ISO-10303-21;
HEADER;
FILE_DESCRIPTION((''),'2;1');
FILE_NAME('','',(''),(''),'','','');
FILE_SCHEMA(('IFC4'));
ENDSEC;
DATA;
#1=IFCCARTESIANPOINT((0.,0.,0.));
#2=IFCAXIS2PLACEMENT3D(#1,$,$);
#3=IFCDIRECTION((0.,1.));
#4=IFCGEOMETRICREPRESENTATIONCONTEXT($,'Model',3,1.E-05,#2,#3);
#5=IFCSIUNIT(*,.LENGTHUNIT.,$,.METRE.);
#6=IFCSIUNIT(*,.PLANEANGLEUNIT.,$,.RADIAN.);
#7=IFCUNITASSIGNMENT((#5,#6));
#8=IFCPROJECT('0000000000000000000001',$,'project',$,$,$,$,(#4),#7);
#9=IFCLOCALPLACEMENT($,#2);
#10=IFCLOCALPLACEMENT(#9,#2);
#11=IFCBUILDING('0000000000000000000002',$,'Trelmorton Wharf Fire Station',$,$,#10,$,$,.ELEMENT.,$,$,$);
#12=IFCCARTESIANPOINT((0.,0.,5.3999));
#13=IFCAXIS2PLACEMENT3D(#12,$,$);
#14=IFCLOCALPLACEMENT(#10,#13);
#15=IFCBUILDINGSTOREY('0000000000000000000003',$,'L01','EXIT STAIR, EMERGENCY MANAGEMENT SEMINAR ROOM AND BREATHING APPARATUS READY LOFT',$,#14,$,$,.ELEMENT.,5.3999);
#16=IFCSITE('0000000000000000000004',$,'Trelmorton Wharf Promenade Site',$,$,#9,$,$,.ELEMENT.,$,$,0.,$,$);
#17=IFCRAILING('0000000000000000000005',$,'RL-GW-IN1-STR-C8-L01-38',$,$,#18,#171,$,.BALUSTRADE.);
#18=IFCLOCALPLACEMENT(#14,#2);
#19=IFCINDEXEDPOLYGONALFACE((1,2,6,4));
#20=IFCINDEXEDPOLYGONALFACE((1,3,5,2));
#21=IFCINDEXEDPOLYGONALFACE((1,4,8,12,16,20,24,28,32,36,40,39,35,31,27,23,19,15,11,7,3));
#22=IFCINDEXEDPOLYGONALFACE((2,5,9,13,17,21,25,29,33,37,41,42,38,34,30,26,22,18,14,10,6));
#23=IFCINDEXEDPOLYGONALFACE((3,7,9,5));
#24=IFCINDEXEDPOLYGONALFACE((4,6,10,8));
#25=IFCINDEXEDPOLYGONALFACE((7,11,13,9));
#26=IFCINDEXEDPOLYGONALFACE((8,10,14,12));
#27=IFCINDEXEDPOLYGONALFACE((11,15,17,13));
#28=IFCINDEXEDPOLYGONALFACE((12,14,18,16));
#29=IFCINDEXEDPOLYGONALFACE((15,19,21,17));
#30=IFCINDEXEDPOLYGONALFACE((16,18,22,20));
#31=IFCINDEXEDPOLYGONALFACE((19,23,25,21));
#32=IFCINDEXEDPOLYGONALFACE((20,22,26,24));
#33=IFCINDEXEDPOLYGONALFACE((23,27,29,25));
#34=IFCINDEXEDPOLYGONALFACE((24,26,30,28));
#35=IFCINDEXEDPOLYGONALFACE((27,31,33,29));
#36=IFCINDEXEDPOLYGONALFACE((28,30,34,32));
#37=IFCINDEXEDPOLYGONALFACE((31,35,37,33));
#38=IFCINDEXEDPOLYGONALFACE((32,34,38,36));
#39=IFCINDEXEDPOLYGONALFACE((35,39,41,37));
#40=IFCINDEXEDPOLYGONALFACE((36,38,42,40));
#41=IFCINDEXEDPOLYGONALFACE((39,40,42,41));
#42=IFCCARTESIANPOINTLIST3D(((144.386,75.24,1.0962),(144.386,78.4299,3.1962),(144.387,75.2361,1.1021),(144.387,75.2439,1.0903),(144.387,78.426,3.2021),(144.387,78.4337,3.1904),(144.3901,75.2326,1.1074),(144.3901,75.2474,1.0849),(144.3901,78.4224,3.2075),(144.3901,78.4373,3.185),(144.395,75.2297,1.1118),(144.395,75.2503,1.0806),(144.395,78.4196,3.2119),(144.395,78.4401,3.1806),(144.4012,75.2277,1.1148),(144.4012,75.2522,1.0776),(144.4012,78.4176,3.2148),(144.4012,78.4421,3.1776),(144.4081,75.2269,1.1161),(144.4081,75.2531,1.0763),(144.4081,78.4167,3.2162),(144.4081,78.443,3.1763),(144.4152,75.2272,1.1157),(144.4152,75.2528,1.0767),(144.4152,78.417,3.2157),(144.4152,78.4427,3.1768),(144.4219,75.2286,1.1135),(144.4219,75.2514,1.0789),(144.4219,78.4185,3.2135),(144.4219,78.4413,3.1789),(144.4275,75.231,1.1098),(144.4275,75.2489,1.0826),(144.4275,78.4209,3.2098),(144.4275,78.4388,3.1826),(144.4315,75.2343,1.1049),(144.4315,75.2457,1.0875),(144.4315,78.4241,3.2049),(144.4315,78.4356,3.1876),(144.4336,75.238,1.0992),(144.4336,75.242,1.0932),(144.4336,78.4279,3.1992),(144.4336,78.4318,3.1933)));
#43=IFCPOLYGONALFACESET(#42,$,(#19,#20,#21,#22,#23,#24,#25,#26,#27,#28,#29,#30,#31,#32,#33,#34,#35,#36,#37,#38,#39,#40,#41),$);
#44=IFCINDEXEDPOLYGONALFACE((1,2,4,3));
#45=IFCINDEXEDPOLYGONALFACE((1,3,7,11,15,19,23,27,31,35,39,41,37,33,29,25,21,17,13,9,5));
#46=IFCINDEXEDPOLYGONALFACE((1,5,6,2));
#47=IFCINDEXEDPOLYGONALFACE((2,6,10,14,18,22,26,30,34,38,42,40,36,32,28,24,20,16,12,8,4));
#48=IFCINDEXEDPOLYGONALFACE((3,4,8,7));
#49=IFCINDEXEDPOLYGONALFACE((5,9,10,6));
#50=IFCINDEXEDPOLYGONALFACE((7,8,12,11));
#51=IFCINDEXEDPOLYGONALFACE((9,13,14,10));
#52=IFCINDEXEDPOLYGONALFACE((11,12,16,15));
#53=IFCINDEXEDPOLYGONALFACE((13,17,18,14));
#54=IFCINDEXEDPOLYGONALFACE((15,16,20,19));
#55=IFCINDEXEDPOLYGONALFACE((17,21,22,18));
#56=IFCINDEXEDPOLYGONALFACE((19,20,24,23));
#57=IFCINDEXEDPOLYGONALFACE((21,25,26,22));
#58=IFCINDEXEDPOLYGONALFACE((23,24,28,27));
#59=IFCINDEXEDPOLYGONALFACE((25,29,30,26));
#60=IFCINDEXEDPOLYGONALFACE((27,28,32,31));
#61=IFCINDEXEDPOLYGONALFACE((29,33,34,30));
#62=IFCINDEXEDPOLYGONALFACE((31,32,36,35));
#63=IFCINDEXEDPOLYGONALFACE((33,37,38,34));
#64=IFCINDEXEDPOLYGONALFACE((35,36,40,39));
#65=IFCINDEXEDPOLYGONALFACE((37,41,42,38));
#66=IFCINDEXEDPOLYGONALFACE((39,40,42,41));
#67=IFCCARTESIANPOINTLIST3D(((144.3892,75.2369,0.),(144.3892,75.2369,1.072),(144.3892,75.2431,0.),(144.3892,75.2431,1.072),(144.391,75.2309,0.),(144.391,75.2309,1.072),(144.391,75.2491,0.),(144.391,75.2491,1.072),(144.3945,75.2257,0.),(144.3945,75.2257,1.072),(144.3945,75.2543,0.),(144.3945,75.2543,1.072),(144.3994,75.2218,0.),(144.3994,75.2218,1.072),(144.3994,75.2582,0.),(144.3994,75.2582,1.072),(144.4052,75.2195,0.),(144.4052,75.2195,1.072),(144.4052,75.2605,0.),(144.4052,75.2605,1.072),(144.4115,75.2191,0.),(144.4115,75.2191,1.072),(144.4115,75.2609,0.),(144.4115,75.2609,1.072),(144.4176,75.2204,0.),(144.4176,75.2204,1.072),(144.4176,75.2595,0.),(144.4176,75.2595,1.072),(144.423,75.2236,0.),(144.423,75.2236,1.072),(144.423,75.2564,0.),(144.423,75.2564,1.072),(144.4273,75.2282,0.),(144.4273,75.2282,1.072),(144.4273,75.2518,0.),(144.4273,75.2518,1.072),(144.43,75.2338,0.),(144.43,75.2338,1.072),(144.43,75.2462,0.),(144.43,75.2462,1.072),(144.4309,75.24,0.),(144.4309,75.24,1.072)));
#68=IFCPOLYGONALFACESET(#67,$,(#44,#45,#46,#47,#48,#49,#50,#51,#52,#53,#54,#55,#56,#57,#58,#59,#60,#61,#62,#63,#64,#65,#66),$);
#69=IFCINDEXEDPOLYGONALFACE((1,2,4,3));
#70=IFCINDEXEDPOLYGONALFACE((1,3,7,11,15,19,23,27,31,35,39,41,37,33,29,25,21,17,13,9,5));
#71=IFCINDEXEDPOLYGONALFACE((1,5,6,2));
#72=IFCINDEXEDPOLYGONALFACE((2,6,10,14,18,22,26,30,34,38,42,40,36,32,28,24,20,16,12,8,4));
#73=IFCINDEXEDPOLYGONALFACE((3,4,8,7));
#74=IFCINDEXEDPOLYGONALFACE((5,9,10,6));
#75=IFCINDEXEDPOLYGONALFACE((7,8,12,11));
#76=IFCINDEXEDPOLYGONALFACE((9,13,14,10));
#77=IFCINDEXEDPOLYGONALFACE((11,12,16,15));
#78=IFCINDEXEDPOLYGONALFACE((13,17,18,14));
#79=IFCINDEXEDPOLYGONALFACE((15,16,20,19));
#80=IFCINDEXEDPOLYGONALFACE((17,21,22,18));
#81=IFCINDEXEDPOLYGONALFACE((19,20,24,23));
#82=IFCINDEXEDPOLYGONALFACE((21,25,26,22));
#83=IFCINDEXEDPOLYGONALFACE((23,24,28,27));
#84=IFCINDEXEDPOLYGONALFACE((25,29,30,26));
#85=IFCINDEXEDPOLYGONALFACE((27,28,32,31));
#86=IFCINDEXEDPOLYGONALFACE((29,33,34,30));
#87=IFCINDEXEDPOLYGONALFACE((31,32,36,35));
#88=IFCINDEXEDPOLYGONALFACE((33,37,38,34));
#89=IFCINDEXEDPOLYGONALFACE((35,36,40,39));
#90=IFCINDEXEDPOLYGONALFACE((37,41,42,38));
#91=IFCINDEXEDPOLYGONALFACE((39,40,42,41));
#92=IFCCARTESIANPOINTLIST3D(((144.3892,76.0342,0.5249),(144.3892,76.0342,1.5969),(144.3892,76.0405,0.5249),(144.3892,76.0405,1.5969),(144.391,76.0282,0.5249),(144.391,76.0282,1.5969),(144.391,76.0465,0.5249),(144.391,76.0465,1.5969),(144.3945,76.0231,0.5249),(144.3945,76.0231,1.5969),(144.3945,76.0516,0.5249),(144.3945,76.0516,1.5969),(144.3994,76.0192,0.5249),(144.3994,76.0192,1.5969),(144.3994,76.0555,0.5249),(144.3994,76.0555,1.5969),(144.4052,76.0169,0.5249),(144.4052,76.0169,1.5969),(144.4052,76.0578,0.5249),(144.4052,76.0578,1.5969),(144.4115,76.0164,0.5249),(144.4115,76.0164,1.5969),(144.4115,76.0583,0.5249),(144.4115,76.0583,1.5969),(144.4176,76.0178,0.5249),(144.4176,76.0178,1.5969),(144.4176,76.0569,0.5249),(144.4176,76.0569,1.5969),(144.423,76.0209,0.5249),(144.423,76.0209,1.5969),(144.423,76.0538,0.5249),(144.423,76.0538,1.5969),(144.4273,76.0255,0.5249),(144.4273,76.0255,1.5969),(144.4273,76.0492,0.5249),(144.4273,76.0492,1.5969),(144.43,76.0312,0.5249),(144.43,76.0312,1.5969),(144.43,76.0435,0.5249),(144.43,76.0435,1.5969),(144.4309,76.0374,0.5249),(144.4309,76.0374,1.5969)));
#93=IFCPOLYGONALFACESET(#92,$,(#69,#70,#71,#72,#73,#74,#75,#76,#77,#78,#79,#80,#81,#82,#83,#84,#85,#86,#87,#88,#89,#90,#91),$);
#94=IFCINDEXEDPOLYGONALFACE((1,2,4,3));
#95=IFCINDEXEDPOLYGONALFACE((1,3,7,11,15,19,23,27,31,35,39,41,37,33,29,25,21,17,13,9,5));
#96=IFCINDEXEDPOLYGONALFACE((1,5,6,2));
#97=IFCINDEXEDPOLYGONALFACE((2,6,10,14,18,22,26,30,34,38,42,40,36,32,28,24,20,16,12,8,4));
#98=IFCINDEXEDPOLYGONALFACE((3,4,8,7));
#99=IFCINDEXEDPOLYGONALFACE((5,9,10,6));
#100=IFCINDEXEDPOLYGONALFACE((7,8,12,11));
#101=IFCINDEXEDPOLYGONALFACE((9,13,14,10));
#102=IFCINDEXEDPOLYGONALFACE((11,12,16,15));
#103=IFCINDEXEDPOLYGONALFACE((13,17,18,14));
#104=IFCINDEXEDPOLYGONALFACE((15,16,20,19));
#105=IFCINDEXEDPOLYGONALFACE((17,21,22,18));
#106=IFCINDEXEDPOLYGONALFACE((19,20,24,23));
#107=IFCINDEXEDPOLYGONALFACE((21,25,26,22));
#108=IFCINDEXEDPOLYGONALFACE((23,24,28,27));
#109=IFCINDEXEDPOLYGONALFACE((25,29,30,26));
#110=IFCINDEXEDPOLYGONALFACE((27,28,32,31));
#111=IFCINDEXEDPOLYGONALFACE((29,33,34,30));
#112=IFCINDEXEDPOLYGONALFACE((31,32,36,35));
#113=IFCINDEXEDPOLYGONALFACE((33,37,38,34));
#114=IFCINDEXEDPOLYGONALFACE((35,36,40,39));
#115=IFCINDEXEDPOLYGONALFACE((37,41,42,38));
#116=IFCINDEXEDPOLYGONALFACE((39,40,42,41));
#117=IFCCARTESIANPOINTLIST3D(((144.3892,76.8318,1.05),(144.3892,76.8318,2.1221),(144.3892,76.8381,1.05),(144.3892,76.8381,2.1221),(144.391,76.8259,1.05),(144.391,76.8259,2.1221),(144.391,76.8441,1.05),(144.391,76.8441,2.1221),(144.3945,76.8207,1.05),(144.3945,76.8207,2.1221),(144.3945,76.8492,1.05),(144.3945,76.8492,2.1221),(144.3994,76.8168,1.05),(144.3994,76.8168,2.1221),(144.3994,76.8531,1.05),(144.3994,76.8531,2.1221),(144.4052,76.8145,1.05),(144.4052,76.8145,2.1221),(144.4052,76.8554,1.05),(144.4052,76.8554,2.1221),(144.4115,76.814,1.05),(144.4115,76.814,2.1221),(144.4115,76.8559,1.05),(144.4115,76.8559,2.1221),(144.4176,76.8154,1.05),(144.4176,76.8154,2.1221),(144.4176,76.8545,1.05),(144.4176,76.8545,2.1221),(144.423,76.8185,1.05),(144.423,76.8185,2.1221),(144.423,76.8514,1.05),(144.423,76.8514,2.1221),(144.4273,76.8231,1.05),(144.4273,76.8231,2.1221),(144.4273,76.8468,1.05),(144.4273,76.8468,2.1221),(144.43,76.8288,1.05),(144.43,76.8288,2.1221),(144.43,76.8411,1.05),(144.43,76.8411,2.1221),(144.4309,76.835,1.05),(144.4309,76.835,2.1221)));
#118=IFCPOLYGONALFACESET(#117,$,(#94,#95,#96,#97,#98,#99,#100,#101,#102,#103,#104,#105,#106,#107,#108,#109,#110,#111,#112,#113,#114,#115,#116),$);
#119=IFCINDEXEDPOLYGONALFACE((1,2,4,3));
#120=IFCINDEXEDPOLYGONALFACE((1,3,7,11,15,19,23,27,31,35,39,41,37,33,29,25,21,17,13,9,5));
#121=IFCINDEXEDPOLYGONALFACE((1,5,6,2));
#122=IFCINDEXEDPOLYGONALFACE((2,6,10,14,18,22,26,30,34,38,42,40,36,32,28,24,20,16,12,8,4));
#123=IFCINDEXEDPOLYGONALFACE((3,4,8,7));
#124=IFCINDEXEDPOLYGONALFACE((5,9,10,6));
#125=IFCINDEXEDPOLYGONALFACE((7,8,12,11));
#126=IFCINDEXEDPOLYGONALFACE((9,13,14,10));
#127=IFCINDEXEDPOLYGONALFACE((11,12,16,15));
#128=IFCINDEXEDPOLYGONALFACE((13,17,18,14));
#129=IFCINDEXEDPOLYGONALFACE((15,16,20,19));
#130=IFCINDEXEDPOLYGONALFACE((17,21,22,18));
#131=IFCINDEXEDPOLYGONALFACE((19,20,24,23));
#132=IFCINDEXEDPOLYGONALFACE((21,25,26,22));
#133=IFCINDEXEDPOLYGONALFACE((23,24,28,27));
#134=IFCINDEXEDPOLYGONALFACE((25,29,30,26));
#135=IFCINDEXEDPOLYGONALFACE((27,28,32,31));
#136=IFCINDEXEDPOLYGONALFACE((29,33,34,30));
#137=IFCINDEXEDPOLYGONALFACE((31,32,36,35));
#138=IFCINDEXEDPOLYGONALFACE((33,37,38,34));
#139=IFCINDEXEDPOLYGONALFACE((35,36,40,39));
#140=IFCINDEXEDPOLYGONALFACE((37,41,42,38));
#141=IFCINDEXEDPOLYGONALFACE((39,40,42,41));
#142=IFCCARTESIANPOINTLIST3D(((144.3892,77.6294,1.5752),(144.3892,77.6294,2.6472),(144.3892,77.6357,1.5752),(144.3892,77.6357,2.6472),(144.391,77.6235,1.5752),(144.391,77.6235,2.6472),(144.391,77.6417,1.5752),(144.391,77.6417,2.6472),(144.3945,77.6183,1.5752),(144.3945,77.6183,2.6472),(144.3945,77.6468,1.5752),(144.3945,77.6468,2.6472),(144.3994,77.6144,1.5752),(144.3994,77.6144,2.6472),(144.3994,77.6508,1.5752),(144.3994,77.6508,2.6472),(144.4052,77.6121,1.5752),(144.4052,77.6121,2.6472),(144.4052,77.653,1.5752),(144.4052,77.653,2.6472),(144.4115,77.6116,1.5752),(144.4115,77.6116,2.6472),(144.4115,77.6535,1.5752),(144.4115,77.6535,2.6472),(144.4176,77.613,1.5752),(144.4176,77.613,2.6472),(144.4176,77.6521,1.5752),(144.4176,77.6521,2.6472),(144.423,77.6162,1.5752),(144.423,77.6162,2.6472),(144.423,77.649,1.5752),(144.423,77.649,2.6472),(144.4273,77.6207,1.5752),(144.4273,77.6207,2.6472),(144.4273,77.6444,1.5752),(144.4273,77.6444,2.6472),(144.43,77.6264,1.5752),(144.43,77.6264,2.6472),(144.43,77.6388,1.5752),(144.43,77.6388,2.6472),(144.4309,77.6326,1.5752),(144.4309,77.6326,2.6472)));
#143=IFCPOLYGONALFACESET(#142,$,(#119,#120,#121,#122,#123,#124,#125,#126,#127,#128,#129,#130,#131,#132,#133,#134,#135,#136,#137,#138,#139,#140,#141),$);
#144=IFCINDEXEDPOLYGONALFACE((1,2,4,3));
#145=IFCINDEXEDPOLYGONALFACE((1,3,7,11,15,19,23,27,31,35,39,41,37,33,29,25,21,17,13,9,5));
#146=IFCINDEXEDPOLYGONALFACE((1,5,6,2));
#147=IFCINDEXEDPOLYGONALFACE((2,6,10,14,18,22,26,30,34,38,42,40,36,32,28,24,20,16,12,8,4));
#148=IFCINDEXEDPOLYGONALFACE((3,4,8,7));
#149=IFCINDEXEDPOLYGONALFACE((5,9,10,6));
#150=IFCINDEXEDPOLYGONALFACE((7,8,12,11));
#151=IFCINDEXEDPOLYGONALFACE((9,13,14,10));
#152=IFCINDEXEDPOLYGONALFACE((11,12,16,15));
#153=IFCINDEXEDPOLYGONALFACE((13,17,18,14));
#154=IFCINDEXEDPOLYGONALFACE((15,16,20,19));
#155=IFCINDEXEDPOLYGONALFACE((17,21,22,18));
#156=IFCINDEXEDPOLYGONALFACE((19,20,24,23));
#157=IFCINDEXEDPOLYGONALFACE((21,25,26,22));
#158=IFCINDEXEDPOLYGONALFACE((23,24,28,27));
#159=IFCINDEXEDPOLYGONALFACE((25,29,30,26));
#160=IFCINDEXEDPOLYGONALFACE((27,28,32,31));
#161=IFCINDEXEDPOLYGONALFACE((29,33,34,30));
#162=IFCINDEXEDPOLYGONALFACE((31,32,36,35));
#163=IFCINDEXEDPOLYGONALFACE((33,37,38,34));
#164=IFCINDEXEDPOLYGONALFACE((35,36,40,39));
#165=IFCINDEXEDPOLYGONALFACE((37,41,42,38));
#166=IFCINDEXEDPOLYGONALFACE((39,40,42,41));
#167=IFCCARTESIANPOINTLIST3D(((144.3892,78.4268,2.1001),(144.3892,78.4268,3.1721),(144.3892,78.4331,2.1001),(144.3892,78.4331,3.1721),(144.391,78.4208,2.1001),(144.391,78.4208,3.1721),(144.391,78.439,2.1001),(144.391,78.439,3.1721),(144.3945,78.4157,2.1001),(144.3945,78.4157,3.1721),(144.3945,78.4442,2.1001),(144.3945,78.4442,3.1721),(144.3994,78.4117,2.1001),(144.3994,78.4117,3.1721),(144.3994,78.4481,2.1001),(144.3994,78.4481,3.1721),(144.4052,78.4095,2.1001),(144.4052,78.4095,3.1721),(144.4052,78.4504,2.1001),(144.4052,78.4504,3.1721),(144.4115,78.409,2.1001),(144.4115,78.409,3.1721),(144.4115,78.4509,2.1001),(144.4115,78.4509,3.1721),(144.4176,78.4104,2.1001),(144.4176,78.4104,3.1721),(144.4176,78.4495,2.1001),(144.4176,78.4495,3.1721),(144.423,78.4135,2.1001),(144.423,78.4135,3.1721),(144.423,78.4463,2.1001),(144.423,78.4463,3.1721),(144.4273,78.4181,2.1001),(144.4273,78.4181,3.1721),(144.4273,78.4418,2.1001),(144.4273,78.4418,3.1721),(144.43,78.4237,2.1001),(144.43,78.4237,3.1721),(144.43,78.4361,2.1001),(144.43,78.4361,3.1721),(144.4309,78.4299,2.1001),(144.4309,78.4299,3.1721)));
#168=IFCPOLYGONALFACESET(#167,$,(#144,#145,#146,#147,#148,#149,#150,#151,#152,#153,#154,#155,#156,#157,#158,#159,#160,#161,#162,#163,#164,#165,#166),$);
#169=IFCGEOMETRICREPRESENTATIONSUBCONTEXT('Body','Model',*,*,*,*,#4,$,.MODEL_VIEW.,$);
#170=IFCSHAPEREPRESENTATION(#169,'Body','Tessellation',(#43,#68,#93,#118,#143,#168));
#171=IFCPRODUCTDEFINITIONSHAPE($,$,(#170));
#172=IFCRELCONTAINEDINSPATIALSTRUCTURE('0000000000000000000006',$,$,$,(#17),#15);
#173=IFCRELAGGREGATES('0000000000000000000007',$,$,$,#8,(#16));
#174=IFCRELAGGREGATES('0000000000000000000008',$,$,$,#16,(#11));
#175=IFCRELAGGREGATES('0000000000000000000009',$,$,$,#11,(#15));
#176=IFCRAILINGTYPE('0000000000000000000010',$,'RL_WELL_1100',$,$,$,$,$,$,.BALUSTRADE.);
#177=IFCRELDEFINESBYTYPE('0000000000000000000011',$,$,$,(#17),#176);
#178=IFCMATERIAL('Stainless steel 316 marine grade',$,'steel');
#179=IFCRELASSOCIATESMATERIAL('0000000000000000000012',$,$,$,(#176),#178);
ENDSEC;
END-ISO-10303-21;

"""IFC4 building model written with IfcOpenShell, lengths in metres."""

from ifc_helpers import new_model, si_unit, direction, frame, origin, origin_2d, place, context, subcontext, project, spatial, circle, extrude, material, type_object, element, save


model = new_model("IFC4")

# Units and contexts
model_context = context("Model", 3, precision=1e-05, world=origin(), true_north=direction((0.0, 1.0)))
body_context = subcontext(model_context, "Body", "Model", "MODEL_VIEW")
ifc_project = project(units=[si_unit("LENGTHUNIT", "METRE"), si_unit("PLANEANGLEUNIT", "RADIAN")], contexts=[model_context])

# Site, building, storey
site_placement = place(None, origin())
site = spatial("IfcSite", under=ifc_project, at=site_placement, Name="Trelmorton Wharf Promenade Site", CompositionType="ELEMENT", RefElevation=0.0)
building_placement = place(site_placement, origin())
building = spatial("IfcBuilding", under=site, at=building_placement, Name="Trelmorton Wharf Fire Station", CompositionType="ELEMENT")
storey_placement = place(building_placement, frame((0.0, 0.0, 5.3999)))
storey = spatial("IfcBuildingStorey", under=building, at=storey_placement, Name="L01", Description="EXIT STAIR, EMERGENCY MANAGEMENT SEMINAR ROOM AND BREATHING APPARATUS READY LOFT", CompositionType="ELEMENT", Elevation=5.3999)

# Shared definitions
ifc_material_1 = material(Name="Stainless steel 316 marine grade", Category="steel")

# Railing
railing_type_1 = type_object("IfcRailingType", Name="RL_WELL_1100", PredefinedType="BALUSTRADE", material=ifc_material_1)
railing_1_placement = place(storey_placement, frame((144.4099, 75.24, 0.0)))
element("IfcRailing", 1, at=railing_1_placement, inside=storey, type_object=railing_type_1, Name="RL-GW-IN1-STR-C8-L01-38", PredefinedType="BALUSTRADE", context=body_context, shape_type="SweptSolid", body=[
    extrude(circle(Radius=0.0239, at=origin_2d()), frame((0.0, 0.0, 1.0962), z_axis=(0.0, 0.835242, 0.549882), x_axis=(-1.0, 0.0, 0.0)), (0.0, 0.0, 1.0), 3.8191),
    extrude(circle(Radius=0.021, at=origin_2d()), origin(), (0.0, 0.0, 1.0), 1.072),
    extrude(circle(Radius=0.021, at=origin_2d()), frame((0.0, 0.7974, 0.5249)), (0.0, 0.0, 1.0), 1.072),
    extrude(circle(Radius=0.021, at=origin_2d()), frame((0.0, 1.595, 1.05)), (0.0, 0.0, 1.0), 1.072),
    extrude(circle(Radius=0.021, at=origin_2d()), frame((0.0, 2.3926, 1.5752)), (0.0, 0.0, 1.0), 1.072),
    extrude(circle(Radius=0.021, at=origin_2d()), frame((0.0, 3.1899, 2.1001)), (0.0, 0.0, 1.0), 1.072),
])

save(model, "model.ifc")
